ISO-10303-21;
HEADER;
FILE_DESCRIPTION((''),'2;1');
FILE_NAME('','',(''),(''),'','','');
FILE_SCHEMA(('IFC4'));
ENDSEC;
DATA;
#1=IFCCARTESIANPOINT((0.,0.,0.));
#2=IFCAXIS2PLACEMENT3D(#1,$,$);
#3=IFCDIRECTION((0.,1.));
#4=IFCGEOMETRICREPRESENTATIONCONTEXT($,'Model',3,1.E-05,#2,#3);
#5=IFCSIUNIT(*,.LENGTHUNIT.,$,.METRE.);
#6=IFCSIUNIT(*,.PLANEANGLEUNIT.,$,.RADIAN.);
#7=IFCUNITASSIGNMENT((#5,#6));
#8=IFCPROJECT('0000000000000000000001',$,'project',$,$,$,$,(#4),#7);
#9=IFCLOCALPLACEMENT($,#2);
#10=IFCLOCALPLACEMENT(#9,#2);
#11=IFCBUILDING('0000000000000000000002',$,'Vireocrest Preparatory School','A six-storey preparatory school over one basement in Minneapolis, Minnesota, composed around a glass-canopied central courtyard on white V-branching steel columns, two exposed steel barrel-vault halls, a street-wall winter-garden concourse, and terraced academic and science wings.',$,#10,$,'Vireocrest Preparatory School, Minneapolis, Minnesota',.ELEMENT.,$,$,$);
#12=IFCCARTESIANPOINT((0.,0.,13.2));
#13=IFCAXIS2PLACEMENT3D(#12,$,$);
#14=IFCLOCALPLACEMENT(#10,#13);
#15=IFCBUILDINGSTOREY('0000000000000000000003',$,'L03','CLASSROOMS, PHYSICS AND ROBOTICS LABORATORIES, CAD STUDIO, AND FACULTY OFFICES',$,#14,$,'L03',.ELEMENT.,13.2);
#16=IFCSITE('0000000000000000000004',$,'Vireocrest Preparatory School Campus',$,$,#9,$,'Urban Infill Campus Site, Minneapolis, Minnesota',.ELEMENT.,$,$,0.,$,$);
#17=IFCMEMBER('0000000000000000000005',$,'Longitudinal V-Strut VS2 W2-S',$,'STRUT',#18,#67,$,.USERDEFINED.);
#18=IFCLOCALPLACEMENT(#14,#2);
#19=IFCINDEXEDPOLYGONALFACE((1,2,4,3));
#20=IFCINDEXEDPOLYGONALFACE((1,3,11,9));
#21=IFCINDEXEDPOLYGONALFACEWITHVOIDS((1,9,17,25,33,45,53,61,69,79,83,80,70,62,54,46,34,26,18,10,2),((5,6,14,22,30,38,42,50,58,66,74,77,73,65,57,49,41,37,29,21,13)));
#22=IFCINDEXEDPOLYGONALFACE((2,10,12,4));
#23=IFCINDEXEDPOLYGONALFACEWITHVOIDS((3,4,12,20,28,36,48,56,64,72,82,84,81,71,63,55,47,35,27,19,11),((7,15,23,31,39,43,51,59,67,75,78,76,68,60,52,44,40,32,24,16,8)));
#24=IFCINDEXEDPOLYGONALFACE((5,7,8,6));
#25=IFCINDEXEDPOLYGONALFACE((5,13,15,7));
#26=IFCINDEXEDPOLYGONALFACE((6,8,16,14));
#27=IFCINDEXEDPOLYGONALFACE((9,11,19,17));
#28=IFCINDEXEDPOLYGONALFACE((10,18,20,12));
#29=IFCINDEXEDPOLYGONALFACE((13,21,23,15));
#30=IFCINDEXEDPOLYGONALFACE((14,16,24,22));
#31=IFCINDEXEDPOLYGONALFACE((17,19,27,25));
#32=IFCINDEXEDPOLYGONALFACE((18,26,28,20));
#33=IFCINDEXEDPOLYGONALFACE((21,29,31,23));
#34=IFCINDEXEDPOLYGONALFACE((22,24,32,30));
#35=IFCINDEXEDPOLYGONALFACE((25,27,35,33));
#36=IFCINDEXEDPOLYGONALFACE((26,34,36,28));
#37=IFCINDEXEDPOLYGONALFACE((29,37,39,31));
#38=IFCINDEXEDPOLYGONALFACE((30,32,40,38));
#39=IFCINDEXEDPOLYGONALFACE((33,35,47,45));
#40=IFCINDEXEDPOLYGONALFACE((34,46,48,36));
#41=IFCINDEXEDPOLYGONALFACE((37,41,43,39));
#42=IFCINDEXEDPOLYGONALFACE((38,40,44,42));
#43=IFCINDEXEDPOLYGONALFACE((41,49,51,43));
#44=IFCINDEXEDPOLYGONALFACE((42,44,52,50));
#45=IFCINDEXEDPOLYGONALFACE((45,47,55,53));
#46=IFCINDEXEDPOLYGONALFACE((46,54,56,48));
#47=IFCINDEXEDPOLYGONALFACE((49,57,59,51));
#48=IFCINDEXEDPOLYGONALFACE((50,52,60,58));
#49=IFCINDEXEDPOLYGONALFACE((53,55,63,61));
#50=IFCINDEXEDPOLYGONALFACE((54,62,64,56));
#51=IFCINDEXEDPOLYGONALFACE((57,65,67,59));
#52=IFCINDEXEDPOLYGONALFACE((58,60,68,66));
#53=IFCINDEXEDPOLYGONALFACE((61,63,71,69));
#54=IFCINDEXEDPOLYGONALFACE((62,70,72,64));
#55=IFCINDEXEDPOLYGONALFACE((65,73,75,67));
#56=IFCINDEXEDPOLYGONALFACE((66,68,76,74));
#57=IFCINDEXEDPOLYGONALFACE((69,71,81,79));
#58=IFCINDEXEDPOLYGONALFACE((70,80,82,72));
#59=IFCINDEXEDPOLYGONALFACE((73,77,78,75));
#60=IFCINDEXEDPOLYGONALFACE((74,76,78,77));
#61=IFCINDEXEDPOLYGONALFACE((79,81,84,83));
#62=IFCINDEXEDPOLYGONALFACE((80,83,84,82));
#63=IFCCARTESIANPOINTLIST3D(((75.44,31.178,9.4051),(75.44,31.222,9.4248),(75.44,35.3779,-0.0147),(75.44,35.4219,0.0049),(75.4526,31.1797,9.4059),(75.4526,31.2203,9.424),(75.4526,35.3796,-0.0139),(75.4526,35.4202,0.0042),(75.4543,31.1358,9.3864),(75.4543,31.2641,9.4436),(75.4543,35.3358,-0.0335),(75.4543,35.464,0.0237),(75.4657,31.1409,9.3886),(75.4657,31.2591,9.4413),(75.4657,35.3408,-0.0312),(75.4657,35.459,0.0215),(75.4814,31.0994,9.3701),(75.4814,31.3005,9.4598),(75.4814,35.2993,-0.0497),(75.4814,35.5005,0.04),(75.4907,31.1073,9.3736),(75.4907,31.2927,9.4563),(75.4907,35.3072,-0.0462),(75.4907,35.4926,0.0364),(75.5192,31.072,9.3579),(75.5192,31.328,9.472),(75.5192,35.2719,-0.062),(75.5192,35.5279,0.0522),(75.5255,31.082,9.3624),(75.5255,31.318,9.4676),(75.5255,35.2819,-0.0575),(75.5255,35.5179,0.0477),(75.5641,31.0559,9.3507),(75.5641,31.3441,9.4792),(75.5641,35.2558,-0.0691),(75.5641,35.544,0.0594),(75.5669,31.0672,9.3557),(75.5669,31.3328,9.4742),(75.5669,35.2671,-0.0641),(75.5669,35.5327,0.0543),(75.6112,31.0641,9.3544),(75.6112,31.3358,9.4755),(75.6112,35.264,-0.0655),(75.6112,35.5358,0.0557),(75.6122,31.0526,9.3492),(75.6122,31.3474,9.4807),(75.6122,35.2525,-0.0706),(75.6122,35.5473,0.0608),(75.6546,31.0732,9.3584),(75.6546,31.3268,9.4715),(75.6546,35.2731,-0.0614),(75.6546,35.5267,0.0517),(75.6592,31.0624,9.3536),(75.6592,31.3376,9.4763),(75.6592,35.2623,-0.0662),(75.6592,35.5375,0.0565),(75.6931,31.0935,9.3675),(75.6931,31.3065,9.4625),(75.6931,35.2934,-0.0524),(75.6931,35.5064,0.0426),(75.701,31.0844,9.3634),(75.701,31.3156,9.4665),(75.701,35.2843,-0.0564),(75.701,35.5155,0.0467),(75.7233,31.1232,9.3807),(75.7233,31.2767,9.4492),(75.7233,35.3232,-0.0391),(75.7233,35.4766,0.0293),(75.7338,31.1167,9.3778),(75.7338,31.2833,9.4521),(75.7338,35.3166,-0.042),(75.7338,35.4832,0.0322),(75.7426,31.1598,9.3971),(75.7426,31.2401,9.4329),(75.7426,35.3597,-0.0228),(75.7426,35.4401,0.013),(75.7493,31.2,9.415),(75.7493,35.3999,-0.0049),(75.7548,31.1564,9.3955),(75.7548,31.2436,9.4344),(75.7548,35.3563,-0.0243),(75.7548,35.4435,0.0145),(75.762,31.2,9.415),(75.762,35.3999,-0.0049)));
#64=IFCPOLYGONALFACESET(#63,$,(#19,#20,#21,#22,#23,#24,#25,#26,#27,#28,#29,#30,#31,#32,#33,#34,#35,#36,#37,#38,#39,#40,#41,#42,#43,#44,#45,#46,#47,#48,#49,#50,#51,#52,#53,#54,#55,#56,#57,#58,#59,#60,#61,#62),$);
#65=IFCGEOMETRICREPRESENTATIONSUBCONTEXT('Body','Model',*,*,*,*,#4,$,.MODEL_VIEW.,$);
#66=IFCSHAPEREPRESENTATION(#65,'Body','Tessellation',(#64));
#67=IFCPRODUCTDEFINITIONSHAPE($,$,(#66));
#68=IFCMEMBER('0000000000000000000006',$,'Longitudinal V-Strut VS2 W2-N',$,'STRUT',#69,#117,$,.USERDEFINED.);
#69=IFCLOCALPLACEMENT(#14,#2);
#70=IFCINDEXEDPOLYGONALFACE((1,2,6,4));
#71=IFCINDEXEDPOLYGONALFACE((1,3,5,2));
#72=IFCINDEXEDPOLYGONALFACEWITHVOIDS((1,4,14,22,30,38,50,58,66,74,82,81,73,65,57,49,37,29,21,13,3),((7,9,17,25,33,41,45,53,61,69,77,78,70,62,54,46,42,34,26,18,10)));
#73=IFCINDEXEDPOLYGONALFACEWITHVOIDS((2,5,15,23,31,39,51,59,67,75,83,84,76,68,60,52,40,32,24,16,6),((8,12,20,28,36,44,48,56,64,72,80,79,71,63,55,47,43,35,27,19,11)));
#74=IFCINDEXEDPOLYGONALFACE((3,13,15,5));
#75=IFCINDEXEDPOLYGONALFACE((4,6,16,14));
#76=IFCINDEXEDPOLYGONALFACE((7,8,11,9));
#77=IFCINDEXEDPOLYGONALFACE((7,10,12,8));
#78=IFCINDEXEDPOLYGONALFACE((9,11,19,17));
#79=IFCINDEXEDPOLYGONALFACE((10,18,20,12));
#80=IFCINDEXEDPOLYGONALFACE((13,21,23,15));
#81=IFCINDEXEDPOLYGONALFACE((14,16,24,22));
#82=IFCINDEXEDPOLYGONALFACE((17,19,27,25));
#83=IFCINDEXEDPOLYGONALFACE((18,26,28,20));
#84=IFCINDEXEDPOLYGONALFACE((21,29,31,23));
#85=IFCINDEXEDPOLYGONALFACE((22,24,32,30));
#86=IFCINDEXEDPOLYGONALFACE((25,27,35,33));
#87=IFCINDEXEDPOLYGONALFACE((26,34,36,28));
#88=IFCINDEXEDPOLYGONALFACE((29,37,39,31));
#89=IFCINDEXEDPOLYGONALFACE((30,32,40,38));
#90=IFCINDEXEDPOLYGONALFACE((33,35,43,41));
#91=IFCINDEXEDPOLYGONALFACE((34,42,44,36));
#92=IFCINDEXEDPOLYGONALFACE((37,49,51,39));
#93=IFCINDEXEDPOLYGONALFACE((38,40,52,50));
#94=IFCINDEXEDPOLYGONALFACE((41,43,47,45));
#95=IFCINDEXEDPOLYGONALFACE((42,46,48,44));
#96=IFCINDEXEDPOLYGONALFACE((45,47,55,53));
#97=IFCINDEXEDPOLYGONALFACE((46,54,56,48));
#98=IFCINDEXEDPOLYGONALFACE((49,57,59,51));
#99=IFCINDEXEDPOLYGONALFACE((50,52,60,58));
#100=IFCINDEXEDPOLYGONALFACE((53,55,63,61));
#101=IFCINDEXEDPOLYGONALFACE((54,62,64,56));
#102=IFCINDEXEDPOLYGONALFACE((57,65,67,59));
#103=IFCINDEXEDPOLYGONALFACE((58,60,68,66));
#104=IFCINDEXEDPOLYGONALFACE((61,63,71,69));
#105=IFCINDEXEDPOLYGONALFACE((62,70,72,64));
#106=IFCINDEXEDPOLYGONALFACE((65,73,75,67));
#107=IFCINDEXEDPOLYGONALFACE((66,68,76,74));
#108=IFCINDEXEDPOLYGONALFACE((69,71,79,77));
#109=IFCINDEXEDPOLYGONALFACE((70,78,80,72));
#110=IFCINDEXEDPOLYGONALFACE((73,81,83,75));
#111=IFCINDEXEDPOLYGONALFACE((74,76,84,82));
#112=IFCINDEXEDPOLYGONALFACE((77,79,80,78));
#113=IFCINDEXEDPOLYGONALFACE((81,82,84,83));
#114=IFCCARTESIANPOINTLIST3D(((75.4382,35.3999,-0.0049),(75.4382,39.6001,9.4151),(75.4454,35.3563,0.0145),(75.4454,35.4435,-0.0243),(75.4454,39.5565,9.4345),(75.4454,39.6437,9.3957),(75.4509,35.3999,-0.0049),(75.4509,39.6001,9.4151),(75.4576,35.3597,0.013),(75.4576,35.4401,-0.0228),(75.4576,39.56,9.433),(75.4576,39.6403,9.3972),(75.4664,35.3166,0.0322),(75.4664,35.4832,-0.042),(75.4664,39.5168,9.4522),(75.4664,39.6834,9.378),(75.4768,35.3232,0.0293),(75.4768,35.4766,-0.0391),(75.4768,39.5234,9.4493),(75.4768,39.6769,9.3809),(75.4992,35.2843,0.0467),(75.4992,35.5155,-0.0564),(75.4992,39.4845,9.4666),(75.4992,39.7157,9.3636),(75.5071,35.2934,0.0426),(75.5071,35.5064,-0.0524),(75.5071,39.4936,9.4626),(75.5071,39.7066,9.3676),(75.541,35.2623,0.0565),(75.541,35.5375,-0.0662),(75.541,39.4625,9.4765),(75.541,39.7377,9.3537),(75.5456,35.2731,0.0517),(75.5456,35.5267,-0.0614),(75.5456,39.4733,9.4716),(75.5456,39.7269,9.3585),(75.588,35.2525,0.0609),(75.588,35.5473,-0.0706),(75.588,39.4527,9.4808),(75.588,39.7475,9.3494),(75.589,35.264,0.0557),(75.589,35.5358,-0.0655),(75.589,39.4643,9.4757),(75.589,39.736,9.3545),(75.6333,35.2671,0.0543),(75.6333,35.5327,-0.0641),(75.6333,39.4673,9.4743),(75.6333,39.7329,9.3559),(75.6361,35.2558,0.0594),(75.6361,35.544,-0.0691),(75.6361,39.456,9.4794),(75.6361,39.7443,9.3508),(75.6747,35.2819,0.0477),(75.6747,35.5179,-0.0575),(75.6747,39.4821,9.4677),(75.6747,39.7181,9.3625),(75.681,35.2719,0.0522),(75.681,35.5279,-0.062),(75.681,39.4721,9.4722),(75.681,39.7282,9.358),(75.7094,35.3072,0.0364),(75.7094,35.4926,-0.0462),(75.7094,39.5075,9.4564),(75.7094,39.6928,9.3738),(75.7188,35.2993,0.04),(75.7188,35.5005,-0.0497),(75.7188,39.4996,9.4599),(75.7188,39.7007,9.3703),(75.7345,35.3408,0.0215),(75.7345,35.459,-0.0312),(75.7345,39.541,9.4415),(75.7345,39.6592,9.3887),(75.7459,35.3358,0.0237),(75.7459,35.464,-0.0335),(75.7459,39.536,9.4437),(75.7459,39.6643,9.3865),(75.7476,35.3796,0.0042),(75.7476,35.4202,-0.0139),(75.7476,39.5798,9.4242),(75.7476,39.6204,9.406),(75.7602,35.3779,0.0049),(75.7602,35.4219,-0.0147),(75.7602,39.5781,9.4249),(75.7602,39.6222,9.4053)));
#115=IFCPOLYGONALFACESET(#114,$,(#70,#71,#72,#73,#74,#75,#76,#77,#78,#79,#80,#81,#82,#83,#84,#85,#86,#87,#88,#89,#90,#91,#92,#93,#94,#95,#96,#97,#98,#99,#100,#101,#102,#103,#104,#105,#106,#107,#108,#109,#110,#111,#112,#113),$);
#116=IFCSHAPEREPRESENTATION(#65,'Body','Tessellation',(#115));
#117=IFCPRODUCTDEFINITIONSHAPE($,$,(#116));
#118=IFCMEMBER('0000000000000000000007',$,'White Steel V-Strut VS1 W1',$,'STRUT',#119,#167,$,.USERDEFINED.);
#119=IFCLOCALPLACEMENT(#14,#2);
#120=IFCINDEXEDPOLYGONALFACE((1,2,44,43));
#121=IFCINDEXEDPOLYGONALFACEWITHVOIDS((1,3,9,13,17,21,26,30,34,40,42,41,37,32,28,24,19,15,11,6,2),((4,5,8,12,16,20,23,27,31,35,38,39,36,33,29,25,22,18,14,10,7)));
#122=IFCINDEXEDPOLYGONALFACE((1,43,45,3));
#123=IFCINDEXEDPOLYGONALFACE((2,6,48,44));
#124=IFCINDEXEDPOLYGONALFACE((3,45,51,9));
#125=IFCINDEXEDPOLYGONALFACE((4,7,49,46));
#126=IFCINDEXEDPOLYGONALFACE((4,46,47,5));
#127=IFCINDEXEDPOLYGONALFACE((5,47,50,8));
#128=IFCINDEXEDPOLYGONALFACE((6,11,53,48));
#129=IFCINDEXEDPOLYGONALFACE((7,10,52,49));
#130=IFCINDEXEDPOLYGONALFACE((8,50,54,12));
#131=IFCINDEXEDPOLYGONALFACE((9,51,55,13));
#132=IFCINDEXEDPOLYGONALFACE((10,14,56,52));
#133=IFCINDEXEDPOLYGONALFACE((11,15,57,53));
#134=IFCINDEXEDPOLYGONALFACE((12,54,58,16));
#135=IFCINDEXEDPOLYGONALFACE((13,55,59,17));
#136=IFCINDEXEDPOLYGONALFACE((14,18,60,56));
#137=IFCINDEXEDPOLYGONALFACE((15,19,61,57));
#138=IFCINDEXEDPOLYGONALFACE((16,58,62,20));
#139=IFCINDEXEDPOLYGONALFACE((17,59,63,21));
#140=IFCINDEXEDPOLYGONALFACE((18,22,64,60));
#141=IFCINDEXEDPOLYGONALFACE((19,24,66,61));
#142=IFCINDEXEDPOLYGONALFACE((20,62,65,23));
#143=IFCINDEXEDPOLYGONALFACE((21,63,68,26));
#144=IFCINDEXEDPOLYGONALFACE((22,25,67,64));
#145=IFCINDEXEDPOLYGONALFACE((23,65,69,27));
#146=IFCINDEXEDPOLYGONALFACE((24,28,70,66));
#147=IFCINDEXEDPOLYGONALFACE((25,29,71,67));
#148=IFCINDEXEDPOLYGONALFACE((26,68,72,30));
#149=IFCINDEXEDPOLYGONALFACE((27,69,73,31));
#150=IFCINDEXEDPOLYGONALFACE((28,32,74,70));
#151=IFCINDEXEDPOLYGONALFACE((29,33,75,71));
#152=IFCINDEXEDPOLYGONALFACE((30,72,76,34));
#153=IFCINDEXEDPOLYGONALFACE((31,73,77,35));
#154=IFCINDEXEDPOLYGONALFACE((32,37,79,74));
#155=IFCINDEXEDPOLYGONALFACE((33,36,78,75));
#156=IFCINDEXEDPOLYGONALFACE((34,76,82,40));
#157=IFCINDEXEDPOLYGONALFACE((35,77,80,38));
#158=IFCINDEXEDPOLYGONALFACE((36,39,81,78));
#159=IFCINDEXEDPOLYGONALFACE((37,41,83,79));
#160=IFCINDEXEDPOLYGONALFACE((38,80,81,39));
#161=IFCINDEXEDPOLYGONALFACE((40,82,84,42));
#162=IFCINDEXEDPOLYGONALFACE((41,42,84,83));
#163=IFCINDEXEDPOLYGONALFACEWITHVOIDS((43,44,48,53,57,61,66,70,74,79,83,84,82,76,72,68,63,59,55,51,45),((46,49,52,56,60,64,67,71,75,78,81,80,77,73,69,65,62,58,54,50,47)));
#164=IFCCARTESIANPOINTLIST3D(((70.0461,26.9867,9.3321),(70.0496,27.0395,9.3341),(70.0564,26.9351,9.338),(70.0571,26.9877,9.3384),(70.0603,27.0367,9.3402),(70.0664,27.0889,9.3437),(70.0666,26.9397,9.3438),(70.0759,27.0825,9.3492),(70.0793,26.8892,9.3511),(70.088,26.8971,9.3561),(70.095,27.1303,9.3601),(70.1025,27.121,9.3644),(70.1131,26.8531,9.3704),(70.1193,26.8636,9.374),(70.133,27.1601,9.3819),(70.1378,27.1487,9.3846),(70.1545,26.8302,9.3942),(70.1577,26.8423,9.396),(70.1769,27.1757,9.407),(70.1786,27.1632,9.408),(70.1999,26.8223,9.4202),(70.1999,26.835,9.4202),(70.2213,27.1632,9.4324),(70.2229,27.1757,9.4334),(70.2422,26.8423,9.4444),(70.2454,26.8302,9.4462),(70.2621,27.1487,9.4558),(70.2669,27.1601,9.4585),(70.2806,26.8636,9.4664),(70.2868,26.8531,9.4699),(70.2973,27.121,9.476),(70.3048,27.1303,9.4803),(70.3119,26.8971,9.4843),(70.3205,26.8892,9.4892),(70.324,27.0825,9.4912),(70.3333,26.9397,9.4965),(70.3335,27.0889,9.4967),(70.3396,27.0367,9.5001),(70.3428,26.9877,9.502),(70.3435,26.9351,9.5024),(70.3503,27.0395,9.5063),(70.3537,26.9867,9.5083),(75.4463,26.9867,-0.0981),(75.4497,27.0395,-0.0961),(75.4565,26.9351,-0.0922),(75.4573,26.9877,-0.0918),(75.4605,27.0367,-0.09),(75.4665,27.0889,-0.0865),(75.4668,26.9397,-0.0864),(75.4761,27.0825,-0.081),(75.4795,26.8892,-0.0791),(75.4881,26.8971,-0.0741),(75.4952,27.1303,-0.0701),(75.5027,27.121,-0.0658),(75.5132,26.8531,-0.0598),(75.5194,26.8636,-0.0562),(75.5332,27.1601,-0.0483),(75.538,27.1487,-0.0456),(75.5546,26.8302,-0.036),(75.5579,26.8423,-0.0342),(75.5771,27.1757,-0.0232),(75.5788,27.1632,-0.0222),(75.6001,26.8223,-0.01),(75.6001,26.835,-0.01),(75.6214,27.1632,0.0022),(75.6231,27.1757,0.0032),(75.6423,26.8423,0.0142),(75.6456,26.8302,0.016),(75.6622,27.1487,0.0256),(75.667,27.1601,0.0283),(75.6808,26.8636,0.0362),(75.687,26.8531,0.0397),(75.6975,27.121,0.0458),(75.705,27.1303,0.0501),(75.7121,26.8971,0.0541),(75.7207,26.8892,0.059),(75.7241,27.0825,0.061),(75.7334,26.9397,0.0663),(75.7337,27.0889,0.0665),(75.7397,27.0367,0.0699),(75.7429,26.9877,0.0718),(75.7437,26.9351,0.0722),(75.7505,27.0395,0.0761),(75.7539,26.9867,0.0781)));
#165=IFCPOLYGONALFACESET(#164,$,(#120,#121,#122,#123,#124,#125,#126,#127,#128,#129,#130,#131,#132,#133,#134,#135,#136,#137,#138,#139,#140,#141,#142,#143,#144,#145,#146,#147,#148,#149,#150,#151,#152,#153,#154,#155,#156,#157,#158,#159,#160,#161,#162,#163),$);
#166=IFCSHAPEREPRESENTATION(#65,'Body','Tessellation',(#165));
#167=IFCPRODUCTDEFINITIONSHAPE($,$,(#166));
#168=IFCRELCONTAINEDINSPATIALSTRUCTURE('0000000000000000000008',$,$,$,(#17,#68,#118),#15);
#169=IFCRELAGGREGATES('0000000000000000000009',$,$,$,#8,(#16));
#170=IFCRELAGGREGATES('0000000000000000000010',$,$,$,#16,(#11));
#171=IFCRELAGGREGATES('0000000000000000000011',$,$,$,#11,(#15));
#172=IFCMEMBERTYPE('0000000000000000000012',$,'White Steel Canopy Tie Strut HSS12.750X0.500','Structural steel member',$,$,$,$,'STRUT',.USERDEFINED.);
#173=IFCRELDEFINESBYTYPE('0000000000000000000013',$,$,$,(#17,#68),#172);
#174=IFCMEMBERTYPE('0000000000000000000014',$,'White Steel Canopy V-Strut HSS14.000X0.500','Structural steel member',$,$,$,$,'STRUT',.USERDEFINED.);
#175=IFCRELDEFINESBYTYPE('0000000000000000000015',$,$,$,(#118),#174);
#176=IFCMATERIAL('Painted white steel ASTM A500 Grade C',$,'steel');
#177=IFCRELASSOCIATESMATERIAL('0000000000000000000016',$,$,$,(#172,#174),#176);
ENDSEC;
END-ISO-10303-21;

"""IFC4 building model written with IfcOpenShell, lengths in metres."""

from ifc_helpers import new_model, si_unit, direction, frame, origin, origin_2d, place, context, subcontext, project, spatial, hollow_circle, extrude, material, material_profile, profile_set, type_object, element, save


model = new_model("IFC4")

# Units and contexts
model_context = context("Model", 3, precision=1e-05, world=origin(), true_north=direction((0.0, 1.0)))
body_context = subcontext(model_context, "Body", "Model", "MODEL_VIEW")
ifc_project = project(units=[si_unit("LENGTHUNIT", "METRE"), si_unit("PLANEANGLEUNIT", "RADIAN")], contexts=[model_context])

# Site, building, storey
site_placement = place(None, origin())
site = spatial("IfcSite", under=ifc_project, at=site_placement, Name="Vireocrest Preparatory School Campus", LongName="Urban Infill Campus Site, Minneapolis, Minnesota", CompositionType="ELEMENT", RefElevation=0.0)
building_placement = place(site_placement, origin())
building = spatial("IfcBuilding", under=site, at=building_placement, Name="Vireocrest Preparatory School", Description="A six-storey preparatory school over one basement in Minneapolis, Minnesota, composed around a glass-canopied central courtyard on white V-branching steel columns, two exposed steel barrel-vault halls, a street-wall winter-garden concourse, and terraced academic and science wings.", LongName="Vireocrest Preparatory School, Minneapolis, Minnesota", CompositionType="ELEMENT")
storey_placement = place(building_placement, frame((0.0, 0.0, 13.2)))
storey = spatial("IfcBuildingStorey", under=building, at=storey_placement, Name="L03", Description="CLASSROOMS, PHYSICS AND ROBOTICS LABORATORIES, CAD STUDIO, AND FACULTY OFFICES", LongName="L03", CompositionType="ELEMENT", Elevation=13.2)

# Members
ifc_material_1 = material(Name="Painted white steel ASTM A500 Grade C", Category="steel")
ifc_material_profile_1 = material_profile(ifc_material_1, hollow_circle(Radius=0.1619, WallThickness=0.0127, at=origin_2d()), Name="HSS12.750X0.500")
ifc_profile_set_1 = profile_set([ifc_material_profile_1], Name="Painted white steel ASTM A500 Grade C")
member_type_1 = type_object("IfcMemberType", Name="White Steel Canopy Tie Strut HSS12.750X0.500", Description="Structural steel member", ElementType="STRUT", PredefinedType="USERDEFINED", material=ifc_profile_set_1)
for number, where, z_axis, x_axis, name in (
    (1, (75.6001, 35.3999, -0.0049), (0.0, -0.407217, 0.913332), (1.0, 0.0, 0.0), "Longitudinal V-Strut VS2 W2-S"),
):
    element("IfcMember", number, at=place(storey_placement, frame(where, z_axis=z_axis, x_axis=x_axis)), inside=storey, type_object=member_type_1, Name=name, ObjectType="STRUT", PredefinedType="USERDEFINED", context=body_context, shape_type="SweptSolid", body=[
        extrude(hollow_circle(Radius=0.1619, WallThickness=0.0127, at=origin_2d()), origin(), (0.0, 0.0, 1.0), 10.3137),
    ])
member_1_placement = place(storey_placement, frame((75.6001, 35.3999, -0.0049), z_axis=(0.0, 0.407236, 0.913323), x_axis=(-1.0, 0.0, 0.0)))
element("IfcMember", 2, at=member_1_placement, inside=storey, type_object=member_type_1, Name="Longitudinal V-Strut VS2 W2-N", ObjectType="STRUT", PredefinedType="USERDEFINED", context=body_context, shape_type="SweptSolid", body=[
    extrude(hollow_circle(Radius=0.1619, WallThickness=0.0127, at=origin_2d()), origin(), (0.0, 0.0, 1.0), 10.314),
])
ifc_material_profile_2 = material_profile(ifc_material_1, hollow_circle(Radius=0.1777, WallThickness=0.0127, at=origin_2d()), Name="HSS14.000X0.500")
ifc_profile_set_2 = profile_set([ifc_material_profile_2], Name="Painted white steel ASTM A500 Grade C")
member_type_2 = type_object("IfcMemberType", Name="White Steel Canopy V-Strut HSS14.000X0.500", Description="Structural steel member", ElementType="STRUT", PredefinedType="USERDEFINED", material=ifc_profile_set_2)
for number, where, z_axis, x_axis, name in (
    (3, (75.6001, 27.0, -0.01), (-0.496935, 0.0, 0.867788), (0.0, -1.0, 0.0), "White Steel V-Strut VS1 W1"),
):
    element("IfcMember", number, at=place(storey_placement, frame(where, z_axis=z_axis, x_axis=x_axis)), inside=storey, type_object=member_type_2, Name=name, ObjectType="STRUT", PredefinedType="USERDEFINED", context=body_context, shape_type="SweptSolid", body=[
        extrude(hollow_circle(Radius=0.1777, WallThickness=0.0127, at=origin_2d()), origin(), (0.0, 0.0, 1.0), 10.8669),
    ])

save(model, "model.ifc")
